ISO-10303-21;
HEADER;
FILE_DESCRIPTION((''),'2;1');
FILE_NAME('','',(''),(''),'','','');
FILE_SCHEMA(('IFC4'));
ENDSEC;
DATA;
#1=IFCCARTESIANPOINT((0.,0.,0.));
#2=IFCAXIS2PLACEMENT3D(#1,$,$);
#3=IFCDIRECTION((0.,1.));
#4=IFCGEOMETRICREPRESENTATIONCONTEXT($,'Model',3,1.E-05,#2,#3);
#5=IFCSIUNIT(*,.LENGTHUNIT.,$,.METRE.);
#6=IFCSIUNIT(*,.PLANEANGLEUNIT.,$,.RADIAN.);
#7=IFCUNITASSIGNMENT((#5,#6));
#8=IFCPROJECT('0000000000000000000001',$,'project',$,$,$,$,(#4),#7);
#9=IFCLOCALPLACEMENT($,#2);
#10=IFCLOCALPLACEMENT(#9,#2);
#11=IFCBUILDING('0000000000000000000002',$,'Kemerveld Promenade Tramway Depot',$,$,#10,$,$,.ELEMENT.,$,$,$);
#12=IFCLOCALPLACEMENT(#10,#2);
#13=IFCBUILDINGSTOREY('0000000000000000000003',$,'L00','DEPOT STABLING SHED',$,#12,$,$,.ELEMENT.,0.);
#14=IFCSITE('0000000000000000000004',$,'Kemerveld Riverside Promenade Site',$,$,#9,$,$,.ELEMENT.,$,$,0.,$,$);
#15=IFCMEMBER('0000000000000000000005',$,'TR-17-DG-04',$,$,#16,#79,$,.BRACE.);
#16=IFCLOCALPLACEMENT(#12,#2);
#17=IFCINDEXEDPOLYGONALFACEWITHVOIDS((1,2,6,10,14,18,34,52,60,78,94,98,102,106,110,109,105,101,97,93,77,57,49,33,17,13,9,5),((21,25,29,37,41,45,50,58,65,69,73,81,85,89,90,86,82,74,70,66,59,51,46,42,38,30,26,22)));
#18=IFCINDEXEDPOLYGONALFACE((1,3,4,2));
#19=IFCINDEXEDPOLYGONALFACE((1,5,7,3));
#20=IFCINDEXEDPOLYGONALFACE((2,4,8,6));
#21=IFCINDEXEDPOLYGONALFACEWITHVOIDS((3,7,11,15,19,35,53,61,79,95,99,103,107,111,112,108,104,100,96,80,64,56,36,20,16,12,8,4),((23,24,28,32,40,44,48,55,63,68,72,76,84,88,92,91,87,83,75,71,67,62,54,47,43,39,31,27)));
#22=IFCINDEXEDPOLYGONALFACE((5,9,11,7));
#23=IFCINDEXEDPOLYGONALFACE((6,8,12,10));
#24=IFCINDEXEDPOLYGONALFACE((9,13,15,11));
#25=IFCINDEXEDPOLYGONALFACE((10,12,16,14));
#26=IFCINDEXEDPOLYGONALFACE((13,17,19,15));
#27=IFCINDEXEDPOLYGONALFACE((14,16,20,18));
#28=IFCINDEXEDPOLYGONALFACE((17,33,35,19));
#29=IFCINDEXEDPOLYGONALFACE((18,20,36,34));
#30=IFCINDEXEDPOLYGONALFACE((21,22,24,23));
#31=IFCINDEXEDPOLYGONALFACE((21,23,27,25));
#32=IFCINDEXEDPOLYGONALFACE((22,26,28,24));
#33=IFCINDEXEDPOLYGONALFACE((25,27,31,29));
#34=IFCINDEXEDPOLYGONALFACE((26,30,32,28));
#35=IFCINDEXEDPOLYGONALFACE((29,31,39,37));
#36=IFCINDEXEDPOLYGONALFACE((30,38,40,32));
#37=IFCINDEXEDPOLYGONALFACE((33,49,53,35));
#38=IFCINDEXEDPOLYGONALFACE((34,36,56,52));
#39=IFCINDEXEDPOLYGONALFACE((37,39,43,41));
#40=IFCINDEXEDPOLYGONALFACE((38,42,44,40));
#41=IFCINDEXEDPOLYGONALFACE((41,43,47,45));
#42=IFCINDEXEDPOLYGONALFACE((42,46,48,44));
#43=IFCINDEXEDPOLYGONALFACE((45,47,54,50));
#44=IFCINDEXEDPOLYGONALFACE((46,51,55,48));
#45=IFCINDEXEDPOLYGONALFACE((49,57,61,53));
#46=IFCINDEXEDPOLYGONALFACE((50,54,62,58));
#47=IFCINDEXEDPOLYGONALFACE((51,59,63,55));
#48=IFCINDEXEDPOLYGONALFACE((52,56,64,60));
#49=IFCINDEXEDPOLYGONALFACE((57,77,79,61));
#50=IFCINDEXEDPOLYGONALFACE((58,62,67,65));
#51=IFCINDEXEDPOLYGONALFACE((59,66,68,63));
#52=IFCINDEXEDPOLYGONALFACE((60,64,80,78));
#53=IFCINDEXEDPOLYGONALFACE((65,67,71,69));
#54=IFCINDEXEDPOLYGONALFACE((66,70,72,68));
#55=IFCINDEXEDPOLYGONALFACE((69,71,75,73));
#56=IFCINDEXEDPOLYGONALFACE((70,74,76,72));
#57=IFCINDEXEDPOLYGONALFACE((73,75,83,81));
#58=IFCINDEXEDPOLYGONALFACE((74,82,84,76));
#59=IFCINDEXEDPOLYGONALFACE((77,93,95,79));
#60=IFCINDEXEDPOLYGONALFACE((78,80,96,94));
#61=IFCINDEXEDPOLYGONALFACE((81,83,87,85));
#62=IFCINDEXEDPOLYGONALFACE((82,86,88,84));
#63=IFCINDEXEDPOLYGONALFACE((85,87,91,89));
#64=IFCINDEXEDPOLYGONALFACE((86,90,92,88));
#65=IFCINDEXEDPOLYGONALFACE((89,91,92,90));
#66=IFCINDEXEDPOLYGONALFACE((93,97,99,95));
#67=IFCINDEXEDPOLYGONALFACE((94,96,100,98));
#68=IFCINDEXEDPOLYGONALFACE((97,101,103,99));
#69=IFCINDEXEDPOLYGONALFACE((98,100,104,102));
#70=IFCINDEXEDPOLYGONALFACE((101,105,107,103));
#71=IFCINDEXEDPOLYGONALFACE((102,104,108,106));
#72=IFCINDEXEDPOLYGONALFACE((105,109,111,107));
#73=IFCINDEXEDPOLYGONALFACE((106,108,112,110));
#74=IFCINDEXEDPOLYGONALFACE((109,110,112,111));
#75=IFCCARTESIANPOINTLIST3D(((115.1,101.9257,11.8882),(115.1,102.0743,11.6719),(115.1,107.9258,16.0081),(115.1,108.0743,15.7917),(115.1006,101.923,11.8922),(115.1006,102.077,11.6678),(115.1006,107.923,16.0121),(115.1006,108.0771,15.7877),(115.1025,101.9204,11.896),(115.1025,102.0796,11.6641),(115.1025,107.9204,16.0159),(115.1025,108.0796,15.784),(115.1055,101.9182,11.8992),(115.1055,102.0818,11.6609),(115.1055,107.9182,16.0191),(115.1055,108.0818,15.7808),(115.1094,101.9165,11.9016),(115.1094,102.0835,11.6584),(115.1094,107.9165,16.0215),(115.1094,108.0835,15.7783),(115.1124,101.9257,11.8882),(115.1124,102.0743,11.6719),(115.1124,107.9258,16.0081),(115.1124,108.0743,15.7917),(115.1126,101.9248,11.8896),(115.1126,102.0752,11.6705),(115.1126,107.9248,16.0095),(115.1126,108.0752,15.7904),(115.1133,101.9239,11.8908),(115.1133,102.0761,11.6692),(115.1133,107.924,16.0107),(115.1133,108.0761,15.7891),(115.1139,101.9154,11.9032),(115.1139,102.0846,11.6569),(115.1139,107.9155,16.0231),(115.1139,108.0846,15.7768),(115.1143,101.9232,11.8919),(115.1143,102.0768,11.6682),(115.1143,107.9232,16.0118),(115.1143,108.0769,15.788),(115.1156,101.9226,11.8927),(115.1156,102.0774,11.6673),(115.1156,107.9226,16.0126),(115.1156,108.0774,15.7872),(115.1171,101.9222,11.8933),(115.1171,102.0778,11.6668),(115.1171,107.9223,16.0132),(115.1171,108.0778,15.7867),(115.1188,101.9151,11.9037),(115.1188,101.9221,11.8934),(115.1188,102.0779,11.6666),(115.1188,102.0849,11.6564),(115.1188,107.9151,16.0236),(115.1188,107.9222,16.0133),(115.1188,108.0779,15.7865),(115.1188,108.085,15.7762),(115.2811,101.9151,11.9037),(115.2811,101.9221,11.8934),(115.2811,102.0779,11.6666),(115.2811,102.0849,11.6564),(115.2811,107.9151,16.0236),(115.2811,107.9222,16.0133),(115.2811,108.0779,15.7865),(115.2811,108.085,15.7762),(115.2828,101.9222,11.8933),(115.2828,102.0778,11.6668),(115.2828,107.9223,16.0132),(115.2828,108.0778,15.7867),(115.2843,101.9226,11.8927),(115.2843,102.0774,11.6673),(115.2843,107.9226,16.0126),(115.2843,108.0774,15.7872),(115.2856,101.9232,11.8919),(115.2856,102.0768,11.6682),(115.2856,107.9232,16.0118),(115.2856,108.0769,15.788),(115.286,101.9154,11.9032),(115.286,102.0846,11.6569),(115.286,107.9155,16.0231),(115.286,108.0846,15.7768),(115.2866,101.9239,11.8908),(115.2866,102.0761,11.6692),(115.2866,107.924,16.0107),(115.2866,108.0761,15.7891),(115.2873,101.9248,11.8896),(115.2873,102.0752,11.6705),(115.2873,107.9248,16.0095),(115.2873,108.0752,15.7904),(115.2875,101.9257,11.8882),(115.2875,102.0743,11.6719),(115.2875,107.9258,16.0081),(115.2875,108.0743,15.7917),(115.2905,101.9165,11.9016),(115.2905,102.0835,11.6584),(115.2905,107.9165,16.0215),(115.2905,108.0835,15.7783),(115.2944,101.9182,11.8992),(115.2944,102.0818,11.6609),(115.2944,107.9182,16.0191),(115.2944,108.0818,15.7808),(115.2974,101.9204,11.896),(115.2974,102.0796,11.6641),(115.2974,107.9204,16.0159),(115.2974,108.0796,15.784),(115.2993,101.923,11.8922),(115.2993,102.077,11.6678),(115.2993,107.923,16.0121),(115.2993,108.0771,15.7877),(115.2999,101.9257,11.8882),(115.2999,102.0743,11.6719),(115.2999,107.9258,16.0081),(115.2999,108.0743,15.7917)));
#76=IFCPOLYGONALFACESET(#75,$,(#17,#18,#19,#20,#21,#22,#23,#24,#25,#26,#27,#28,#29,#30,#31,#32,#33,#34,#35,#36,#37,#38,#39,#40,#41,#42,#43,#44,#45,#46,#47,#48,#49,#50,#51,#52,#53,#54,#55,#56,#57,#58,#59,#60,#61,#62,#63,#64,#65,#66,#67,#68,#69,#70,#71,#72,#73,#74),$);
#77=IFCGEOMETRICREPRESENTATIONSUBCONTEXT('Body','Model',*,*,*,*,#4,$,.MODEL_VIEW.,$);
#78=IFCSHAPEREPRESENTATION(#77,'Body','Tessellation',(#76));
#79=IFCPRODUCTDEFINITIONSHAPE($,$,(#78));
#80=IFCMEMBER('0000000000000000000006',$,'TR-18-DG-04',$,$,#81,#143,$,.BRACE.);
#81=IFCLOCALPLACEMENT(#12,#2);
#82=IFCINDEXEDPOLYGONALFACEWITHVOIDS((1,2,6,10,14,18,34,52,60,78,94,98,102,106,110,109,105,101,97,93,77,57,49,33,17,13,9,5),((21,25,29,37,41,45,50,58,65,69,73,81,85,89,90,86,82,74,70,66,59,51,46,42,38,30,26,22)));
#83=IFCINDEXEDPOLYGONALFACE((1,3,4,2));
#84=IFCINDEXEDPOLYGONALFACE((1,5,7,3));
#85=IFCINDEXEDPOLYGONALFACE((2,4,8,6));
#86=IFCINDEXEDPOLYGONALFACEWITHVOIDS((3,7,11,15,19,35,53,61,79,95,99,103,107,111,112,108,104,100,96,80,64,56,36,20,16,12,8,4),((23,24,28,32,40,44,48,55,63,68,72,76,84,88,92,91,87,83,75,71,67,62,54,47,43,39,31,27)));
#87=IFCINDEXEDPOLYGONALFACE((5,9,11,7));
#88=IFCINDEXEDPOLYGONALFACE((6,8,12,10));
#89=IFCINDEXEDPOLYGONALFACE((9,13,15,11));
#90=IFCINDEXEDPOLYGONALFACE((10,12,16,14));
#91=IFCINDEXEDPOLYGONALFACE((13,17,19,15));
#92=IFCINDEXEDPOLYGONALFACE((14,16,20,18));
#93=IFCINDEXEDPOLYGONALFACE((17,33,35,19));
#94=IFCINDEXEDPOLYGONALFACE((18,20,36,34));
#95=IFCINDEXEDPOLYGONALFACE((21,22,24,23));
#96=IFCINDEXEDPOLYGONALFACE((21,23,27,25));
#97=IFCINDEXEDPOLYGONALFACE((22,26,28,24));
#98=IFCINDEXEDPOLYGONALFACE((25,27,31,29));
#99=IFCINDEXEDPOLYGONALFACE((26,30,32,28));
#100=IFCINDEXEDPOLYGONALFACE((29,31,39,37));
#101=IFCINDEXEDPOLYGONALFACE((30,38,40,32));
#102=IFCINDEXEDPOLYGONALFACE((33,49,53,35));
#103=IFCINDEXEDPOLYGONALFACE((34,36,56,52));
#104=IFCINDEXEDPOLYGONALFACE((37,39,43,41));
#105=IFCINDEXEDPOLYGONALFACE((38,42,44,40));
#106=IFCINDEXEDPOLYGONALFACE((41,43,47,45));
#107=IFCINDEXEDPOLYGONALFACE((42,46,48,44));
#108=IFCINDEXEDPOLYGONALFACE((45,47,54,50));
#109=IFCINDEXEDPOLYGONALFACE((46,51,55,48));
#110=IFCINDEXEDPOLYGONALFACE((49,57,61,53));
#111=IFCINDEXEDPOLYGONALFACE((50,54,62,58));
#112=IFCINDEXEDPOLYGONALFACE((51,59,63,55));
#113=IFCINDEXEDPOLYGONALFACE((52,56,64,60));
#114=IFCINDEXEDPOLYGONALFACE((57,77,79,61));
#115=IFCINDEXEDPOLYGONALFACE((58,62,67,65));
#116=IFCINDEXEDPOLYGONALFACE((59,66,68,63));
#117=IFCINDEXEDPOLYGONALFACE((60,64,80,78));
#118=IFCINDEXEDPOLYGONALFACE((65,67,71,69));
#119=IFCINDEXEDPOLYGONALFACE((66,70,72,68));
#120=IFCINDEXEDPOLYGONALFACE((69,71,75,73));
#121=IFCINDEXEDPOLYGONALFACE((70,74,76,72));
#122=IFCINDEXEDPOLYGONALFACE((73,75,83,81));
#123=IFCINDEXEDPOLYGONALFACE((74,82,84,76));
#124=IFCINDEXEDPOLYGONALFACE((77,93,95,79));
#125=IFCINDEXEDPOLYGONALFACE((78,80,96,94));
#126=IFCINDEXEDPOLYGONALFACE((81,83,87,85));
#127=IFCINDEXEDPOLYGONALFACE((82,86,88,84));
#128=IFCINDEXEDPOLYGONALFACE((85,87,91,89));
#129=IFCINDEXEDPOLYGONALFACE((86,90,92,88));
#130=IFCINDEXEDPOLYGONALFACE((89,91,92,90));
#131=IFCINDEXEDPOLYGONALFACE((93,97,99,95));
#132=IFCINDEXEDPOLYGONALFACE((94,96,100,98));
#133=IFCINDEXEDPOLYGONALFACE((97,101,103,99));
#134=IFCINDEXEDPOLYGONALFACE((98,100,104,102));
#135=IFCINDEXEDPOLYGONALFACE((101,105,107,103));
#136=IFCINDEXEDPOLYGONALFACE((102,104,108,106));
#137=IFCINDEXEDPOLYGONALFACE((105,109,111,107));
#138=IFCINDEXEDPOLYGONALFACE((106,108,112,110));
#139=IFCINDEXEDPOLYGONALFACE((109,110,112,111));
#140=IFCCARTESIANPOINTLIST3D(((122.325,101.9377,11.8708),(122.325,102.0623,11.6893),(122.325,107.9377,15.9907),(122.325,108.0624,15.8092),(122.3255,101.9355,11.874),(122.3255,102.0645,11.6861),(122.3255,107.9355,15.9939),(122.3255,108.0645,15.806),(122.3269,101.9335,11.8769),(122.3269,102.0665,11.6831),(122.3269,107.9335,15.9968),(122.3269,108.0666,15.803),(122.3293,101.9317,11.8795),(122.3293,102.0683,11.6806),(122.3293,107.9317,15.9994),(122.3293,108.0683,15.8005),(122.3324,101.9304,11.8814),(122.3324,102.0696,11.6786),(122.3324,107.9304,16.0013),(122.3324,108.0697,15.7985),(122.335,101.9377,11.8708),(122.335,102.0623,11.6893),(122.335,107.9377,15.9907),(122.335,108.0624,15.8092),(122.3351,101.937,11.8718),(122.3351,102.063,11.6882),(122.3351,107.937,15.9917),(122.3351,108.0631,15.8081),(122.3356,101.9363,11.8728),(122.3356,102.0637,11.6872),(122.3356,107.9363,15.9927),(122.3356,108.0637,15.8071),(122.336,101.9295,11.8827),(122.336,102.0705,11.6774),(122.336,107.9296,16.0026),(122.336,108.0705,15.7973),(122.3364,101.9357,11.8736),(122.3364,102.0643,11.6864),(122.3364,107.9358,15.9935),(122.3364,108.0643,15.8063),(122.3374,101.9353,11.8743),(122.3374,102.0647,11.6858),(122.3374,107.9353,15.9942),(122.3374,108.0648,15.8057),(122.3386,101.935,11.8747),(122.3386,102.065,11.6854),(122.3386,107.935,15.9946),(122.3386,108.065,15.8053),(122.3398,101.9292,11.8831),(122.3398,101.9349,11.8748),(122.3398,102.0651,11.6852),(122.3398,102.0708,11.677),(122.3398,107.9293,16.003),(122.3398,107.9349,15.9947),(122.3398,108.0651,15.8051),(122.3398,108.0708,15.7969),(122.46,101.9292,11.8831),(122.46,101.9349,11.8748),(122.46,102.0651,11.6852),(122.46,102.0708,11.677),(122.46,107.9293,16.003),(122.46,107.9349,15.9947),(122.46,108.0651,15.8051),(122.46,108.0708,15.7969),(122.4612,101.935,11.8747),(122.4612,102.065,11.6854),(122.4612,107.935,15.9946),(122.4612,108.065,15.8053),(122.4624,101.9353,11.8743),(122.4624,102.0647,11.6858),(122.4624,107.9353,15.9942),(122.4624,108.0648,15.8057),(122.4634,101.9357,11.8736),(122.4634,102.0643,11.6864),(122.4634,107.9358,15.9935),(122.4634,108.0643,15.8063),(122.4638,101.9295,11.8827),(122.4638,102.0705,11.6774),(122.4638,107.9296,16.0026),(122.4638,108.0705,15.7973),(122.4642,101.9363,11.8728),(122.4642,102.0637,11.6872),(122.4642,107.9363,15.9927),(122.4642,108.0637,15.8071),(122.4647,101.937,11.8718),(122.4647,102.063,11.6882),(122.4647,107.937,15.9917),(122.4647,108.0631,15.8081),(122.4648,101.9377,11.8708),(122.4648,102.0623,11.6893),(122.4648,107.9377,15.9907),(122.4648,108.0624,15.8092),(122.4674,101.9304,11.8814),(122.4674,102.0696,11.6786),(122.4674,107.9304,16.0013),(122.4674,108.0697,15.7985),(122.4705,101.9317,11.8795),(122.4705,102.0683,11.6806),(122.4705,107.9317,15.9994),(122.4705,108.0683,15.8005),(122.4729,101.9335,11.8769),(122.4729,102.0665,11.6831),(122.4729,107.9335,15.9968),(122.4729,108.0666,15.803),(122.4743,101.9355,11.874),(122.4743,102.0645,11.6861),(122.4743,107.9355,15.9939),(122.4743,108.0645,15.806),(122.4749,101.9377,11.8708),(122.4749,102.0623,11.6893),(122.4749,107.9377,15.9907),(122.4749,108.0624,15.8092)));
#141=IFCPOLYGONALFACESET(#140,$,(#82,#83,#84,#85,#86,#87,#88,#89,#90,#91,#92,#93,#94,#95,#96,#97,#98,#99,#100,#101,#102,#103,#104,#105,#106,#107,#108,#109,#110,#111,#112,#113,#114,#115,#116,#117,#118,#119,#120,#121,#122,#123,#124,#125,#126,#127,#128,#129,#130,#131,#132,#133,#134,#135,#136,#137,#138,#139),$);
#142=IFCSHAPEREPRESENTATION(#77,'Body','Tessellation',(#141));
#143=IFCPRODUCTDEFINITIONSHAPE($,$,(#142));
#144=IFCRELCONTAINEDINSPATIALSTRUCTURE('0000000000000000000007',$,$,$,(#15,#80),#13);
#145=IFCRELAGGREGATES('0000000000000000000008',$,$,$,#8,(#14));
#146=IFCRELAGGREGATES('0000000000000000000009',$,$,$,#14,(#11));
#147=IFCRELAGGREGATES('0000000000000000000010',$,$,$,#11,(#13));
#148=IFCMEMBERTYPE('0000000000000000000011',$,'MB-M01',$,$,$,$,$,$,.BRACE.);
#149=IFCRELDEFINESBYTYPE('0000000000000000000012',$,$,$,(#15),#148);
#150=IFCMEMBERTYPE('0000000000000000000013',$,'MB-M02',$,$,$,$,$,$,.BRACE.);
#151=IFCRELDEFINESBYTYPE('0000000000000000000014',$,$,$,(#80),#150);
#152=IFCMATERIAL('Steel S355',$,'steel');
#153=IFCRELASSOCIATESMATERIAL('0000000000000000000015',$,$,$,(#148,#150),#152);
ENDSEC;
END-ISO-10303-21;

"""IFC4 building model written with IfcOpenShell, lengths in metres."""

from ifc_helpers import new_model, si_unit, direction, frame, origin, origin_2d, place, context, subcontext, project, spatial, hollow_rectangle, extrude, material, material_profile, profile_set, type_object, element, save


model = new_model("IFC4")

# Units and contexts
model_context = context("Model", 3, precision=1e-05, world=origin(), true_north=direction((0.0, 1.0)))
body_context = subcontext(model_context, "Body", "Model", "MODEL_VIEW")
ifc_project = project(units=[si_unit("LENGTHUNIT", "METRE"), si_unit("PLANEANGLEUNIT", "RADIAN")], contexts=[model_context])

# Site, building, storey
site_placement = place(None, origin())
site = spatial("IfcSite", under=ifc_project, at=site_placement, Name="Kemerveld Riverside Promenade Site", CompositionType="ELEMENT", RefElevation=0.0)
building_placement = place(site_placement, origin())
building = spatial("IfcBuilding", under=site, at=building_placement, Name="Kemerveld Promenade Tramway Depot", CompositionType="ELEMENT")
storey_placement = place(building_placement, origin())
storey = spatial("IfcBuildingStorey", under=building, at=storey_placement, Name="L00", Description="DEPOT STABLING SHED", CompositionType="ELEMENT", Elevation=0.0)

# Members
ifc_material_1 = material(Name="Steel S355", Category="steel")
ifc_material_profile_1 = material_profile(ifc_material_1, hollow_rectangle(XDim=0.2, YDim=0.3, WallThickness=0.0125, InnerFilletRadius=0.0063, OuterFilletRadius=0.0188, at=origin_2d()), Name="300x200x12.5 RHS")
ifc_profile_set_1 = profile_set([ifc_material_profile_1], Name="Steel S355")
member_type_1 = type_object("IfcMemberType", Name="MB-M01", PredefinedType="BRACE", material=ifc_profile_set_1)
member_1_placement = place(storey_placement, frame((115.2, 102.0, 11.78), z_axis=(0.0, 0.824371, 0.56605), x_axis=(-1.0, 0.0, 0.0)))
element("IfcMember", 1, at=member_1_placement, inside=storey, type_object=member_type_1, Name="TR-17-DG-04", PredefinedType="BRACE", context=body_context, shape_type="SweptSolid", body=[
    extrude(hollow_rectangle(XDim=0.2, YDim=0.3, WallThickness=0.0125, InnerFilletRadius=0.0063, OuterFilletRadius=0.0188, at=origin_2d()), origin(), (0.0, 0.0, 1.0), 7.2783),
])
ifc_material_profile_2 = material_profile(ifc_material_1, hollow_rectangle(XDim=0.1499, YDim=0.25, WallThickness=0.01, InnerFilletRadius=0.0049, OuterFilletRadius=0.0149, at=origin_2d()), Name="250x150x10.0 RHS")
ifc_profile_set_2 = profile_set([ifc_material_profile_2], Name="Steel S355")
member_type_2 = type_object("IfcMemberType", Name="MB-M02", PredefinedType="BRACE", material=ifc_profile_set_2)
member_2_placement = place(storey_placement, frame((122.3999, 102.0, 11.78), z_axis=(0.0, 0.824371, 0.56605), x_axis=(-1.0, 0.0, 0.0)))
element("IfcMember", 2, at=member_2_placement, inside=storey, type_object=member_type_2, Name="TR-18-DG-04", PredefinedType="BRACE", context=body_context, shape_type="SweptSolid", body=[
    extrude(hollow_rectangle(XDim=0.1499, YDim=0.25, WallThickness=0.01, InnerFilletRadius=0.0049, OuterFilletRadius=0.0149, at=origin_2d()), origin(), (0.0, 0.0, 1.0), 7.2783),
])

save(model, "model.ifc")
